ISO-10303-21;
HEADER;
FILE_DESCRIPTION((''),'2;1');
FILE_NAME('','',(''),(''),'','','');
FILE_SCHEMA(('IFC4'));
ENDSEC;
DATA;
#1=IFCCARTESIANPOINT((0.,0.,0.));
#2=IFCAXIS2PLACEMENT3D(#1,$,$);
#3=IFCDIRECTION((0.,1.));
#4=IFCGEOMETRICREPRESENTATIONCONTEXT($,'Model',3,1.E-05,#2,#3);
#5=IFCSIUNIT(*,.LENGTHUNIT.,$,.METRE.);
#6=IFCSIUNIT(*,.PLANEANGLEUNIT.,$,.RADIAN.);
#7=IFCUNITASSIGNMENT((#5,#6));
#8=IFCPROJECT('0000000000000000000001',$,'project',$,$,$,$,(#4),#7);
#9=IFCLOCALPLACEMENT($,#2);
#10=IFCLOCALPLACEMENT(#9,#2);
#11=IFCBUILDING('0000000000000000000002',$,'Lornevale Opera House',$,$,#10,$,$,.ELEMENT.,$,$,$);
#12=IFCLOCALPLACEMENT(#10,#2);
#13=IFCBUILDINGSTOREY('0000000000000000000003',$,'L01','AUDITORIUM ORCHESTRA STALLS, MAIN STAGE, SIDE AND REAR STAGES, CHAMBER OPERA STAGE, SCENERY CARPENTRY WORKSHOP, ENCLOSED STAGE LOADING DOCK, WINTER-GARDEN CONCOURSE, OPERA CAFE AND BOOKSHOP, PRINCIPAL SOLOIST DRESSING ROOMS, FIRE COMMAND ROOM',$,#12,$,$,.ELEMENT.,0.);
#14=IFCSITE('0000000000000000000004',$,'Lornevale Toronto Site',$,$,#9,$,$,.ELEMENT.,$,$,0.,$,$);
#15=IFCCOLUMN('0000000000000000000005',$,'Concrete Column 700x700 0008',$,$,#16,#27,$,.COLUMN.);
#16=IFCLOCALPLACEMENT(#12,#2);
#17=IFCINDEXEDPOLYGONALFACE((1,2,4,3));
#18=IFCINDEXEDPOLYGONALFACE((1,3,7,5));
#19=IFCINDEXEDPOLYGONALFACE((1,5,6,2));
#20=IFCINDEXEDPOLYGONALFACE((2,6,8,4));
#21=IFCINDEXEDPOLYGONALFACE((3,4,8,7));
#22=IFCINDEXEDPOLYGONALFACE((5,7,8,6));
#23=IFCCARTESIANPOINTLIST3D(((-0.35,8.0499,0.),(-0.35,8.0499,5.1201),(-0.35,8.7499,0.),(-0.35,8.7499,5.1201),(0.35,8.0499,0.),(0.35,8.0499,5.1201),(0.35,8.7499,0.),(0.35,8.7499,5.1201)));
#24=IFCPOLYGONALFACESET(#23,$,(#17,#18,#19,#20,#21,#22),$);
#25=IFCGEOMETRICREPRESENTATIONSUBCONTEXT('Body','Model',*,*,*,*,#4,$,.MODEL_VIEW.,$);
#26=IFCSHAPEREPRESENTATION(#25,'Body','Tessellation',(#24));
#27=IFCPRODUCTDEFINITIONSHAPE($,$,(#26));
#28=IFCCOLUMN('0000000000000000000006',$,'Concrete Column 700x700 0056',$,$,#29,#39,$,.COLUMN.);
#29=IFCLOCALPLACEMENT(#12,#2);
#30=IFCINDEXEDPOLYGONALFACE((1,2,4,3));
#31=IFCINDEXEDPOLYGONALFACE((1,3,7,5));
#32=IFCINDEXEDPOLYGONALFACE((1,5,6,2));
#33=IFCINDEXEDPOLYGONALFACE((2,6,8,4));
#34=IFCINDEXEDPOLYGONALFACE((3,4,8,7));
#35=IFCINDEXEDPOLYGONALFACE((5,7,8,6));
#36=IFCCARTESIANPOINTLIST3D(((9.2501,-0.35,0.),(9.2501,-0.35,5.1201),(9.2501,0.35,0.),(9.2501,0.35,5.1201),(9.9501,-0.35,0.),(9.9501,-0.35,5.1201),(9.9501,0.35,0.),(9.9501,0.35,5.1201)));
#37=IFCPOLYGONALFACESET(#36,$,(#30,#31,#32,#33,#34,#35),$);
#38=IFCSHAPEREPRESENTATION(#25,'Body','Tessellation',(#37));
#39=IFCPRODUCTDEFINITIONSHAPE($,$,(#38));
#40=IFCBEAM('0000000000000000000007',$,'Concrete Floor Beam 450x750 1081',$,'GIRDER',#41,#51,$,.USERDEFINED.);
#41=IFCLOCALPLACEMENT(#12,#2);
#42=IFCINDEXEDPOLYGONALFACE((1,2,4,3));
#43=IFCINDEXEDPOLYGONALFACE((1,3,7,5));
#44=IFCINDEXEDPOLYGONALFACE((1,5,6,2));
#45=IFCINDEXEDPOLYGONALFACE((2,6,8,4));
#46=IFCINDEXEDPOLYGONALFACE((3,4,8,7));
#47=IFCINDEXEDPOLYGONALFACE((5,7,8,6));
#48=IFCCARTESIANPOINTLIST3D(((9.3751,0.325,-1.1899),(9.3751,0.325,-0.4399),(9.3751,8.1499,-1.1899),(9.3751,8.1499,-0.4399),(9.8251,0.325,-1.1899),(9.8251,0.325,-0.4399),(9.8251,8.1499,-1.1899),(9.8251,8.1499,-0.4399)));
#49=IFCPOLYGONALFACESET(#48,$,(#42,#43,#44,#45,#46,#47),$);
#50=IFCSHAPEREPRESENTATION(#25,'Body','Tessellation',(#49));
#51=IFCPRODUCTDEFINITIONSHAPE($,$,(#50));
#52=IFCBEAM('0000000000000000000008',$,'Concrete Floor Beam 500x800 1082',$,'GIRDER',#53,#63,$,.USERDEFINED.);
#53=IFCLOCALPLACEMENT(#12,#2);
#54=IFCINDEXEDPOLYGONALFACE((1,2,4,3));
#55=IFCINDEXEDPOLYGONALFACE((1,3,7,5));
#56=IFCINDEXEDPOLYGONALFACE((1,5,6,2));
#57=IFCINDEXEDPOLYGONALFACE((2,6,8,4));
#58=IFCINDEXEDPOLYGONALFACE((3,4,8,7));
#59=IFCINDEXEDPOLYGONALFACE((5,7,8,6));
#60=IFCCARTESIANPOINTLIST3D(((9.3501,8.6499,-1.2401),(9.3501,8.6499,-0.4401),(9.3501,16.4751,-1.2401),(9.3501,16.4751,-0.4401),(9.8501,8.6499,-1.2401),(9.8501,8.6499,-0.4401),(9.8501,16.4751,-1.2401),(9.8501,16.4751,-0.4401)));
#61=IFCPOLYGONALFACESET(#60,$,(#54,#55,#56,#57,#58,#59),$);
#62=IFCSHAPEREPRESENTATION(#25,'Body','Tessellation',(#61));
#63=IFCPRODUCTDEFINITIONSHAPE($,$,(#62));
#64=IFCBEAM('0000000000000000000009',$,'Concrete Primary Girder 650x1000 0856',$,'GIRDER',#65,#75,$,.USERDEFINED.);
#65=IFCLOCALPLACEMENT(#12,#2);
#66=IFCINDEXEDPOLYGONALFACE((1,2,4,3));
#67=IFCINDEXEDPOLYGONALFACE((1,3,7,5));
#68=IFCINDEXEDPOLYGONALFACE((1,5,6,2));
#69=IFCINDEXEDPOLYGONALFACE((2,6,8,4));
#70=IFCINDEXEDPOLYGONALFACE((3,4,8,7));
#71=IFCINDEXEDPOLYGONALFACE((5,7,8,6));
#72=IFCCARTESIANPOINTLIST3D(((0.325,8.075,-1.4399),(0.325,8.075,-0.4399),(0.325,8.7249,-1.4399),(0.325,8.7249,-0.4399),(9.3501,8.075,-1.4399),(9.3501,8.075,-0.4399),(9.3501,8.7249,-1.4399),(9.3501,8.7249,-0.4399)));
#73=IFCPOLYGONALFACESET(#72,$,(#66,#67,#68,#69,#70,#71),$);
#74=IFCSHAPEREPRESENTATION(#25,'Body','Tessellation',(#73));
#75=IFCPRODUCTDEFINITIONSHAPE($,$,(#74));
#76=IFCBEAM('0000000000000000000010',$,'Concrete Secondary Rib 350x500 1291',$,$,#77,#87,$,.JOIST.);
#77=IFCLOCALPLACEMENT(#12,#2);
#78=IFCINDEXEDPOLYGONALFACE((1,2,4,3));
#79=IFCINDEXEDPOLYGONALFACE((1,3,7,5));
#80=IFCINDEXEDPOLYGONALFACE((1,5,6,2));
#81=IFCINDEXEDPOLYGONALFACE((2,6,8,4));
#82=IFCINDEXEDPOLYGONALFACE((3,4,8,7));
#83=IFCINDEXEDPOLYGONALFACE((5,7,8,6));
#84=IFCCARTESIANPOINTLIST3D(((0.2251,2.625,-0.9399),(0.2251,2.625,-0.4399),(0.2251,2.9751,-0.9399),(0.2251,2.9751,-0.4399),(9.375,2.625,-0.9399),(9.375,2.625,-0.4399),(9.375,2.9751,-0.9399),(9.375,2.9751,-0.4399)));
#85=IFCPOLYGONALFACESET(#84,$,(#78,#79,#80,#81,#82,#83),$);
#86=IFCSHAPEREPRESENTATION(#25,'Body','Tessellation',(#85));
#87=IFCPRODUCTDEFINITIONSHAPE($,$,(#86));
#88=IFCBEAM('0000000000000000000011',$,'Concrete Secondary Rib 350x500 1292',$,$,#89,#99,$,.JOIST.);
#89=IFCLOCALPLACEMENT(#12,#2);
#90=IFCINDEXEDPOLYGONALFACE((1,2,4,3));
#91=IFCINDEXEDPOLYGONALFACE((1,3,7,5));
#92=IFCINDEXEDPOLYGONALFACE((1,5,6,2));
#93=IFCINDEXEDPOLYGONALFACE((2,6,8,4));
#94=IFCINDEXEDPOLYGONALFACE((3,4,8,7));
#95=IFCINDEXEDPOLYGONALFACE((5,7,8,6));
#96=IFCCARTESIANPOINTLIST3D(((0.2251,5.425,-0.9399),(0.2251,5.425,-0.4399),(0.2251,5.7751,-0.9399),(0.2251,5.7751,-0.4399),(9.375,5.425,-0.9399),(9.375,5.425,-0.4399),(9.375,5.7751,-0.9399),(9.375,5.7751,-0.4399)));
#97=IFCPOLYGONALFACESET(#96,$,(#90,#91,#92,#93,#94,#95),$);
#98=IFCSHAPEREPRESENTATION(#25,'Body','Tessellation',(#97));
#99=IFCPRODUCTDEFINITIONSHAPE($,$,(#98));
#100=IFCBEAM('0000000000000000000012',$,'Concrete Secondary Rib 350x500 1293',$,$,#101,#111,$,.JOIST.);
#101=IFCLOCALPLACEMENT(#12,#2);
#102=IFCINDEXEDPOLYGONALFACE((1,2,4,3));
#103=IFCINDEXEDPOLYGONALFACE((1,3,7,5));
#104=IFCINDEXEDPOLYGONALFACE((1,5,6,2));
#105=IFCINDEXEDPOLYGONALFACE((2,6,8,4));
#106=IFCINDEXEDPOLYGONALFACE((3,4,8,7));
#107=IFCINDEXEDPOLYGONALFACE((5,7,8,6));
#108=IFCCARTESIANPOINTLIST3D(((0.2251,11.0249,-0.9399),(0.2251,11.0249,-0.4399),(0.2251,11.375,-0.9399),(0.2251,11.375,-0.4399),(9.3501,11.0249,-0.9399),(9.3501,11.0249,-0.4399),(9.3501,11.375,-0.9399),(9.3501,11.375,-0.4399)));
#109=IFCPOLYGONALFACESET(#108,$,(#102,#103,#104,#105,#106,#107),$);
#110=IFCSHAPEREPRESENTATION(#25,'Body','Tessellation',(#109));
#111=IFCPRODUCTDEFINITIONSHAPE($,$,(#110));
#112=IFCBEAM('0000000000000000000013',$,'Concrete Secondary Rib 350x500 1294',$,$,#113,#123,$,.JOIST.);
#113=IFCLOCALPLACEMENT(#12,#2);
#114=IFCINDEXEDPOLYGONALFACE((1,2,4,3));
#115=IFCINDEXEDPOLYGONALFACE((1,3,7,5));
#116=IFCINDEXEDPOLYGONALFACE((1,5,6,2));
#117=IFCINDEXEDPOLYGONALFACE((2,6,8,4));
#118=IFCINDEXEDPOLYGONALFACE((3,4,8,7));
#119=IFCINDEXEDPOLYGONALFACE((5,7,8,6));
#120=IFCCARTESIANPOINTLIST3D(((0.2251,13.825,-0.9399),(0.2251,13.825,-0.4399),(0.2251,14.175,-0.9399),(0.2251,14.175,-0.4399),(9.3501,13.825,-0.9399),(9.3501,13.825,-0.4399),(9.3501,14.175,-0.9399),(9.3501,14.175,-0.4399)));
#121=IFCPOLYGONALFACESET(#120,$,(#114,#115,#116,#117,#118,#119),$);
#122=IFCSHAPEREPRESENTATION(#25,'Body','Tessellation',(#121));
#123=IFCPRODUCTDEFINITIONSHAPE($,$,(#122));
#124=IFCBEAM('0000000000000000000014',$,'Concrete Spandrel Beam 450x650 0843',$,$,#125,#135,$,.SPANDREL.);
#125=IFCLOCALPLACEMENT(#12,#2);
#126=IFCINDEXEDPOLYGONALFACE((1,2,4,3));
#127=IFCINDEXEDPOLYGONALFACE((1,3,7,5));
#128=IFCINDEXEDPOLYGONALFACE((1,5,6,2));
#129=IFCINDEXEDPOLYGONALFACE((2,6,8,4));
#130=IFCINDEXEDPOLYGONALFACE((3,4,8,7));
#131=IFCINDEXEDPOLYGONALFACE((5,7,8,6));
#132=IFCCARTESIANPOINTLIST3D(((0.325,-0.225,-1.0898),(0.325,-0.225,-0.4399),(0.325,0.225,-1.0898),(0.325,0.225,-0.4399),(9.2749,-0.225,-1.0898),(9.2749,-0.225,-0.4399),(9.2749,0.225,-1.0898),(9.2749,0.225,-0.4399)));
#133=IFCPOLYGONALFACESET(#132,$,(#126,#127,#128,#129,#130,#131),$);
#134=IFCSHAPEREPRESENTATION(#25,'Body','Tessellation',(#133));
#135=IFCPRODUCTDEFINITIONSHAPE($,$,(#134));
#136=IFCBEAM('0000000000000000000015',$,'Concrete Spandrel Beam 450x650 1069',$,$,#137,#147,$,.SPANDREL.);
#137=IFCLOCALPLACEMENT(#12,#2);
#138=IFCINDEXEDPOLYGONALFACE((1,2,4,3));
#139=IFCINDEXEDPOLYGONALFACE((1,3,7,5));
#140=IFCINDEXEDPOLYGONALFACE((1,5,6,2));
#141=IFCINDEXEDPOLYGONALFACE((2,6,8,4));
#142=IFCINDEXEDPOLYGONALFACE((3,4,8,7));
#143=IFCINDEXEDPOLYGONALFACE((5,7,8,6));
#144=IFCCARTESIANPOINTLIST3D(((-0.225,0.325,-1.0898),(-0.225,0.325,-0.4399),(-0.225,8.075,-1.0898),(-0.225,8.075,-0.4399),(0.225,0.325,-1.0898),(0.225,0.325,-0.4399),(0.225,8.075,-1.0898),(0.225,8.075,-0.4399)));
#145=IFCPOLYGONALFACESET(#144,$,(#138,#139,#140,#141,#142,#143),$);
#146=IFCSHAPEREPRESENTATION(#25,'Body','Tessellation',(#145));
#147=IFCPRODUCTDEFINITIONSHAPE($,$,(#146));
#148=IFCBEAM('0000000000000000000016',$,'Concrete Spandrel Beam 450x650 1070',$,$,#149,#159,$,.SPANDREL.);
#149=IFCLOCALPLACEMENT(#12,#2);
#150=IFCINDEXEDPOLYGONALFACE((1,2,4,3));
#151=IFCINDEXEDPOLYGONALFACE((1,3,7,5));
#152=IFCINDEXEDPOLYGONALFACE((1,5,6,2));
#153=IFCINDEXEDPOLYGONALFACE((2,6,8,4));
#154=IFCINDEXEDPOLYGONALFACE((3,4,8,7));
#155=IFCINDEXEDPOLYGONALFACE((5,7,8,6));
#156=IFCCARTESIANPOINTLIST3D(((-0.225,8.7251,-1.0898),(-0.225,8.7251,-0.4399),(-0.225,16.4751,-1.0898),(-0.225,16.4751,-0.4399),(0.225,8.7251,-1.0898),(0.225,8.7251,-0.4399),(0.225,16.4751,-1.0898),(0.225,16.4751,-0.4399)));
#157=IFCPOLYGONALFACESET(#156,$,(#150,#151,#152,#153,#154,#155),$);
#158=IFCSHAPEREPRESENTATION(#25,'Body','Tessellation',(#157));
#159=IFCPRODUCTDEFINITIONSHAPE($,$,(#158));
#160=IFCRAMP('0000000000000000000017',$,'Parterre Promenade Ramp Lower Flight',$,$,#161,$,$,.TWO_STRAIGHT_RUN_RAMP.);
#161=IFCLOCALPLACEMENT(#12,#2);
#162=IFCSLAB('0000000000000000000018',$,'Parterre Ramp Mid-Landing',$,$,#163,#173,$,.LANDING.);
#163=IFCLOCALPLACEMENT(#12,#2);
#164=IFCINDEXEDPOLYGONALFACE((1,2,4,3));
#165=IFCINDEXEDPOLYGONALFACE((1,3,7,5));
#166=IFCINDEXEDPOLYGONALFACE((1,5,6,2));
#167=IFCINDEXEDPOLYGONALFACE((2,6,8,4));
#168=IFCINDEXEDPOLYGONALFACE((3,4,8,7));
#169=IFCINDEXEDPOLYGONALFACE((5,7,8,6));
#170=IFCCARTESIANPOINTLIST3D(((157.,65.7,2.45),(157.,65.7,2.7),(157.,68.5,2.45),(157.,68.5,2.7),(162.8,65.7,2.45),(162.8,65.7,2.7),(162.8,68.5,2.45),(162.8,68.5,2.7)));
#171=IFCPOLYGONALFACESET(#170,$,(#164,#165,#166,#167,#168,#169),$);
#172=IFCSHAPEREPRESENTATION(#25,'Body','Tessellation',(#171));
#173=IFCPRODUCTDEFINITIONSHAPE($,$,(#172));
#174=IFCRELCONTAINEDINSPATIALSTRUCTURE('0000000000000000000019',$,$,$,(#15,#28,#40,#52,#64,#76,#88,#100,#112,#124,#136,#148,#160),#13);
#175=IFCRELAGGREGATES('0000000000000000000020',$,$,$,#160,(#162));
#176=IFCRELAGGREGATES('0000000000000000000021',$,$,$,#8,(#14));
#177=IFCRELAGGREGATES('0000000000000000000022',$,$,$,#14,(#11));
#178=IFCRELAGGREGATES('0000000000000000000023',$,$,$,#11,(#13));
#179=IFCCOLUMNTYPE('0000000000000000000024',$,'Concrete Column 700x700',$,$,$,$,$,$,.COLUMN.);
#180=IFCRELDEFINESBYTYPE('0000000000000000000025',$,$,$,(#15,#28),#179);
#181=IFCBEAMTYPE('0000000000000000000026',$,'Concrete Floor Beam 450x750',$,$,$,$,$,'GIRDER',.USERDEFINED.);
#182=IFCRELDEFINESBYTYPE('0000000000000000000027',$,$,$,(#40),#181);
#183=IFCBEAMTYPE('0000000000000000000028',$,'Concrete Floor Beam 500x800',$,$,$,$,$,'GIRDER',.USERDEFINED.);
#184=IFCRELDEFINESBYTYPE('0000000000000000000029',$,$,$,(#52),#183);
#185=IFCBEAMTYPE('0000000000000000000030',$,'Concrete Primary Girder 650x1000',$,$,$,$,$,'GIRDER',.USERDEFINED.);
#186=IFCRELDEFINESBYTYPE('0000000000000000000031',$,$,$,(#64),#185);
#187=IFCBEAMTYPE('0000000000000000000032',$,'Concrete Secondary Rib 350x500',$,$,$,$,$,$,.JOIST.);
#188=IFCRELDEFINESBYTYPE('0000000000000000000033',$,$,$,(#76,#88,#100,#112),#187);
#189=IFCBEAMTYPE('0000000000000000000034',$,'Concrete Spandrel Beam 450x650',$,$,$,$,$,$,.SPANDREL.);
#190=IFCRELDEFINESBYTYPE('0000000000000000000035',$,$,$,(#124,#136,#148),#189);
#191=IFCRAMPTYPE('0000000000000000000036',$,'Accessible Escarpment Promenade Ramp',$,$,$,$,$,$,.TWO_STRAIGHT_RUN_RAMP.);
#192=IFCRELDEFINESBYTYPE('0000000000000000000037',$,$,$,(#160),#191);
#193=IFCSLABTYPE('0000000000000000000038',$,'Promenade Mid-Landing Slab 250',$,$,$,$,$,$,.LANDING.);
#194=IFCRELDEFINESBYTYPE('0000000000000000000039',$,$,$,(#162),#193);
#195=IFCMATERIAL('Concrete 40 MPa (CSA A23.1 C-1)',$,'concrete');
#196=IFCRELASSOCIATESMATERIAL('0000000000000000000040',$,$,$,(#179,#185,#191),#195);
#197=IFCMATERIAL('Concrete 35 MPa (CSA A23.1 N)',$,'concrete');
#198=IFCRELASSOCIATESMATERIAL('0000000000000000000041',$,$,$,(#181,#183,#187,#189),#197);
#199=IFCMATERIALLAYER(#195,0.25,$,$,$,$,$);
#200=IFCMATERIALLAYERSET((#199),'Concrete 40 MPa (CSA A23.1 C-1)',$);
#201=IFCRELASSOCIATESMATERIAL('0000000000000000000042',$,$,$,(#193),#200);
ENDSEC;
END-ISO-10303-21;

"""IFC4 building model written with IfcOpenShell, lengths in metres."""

from ifc_helpers import new_model, si_unit, direction, frame, origin, origin_2d, place, context, subcontext, project, spatial, polyline, rectangle, outline, extrude, material, layer, layer_set, material_profile, profile_set, type_object, element, aggregate, save


model = new_model("IFC4")

# Units and contexts
model_context = context("Model", 3, precision=1e-05, world=origin(), true_north=direction((0.0, 1.0)))
body_context = subcontext(model_context, "Body", "Model", "MODEL_VIEW")
ifc_project = project(units=[si_unit("LENGTHUNIT", "METRE"), si_unit("PLANEANGLEUNIT", "RADIAN")], contexts=[model_context])

# Site, building, storey
site_placement = place(None, origin())
site = spatial("IfcSite", under=ifc_project, at=site_placement, Name="Lornevale Toronto Site", CompositionType="ELEMENT", RefElevation=0.0)
building_placement = place(site_placement, origin())
building = spatial("IfcBuilding", under=site, at=building_placement, Name="Lornevale Opera House", CompositionType="ELEMENT")
storey_placement = place(building_placement, origin())
storey = spatial("IfcBuildingStorey", under=building, at=storey_placement, Name="L01", Description="AUDITORIUM ORCHESTRA STALLS, MAIN STAGE, SIDE AND REAR STAGES, CHAMBER OPERA STAGE, SCENERY CARPENTRY WORKSHOP, ENCLOSED STAGE LOADING DOCK, WINTER-GARDEN CONCOURSE, OPERA CAFE AND BOOKSHOP, PRINCIPAL SOLOIST DRESSING ROOMS, FIRE COMMAND ROOM", CompositionType="ELEMENT", Elevation=0.0)

# Columns
ifc_material_1 = material(Name="Concrete 40 MPa (CSA A23.1 C-1)", Category="concrete")
ifc_material_profile_1 = material_profile(ifc_material_1, rectangle(XDim=0.7, YDim=0.7, at=origin_2d()), Name="RC700x700")
ifc_profile_set_1 = profile_set([ifc_material_profile_1], Name="Concrete 40 MPa (CSA A23.1 C-1)")
column_type = type_object("IfcColumnType", Name="Concrete Column 700x700", PredefinedType="COLUMN", material=ifc_profile_set_1)
for number, where, z_axis, x_axis, name in (
    (1, (0.0, 8.3999, 0.0), (0.0, 0.0, 1.0), (1.0, 0.0, 0.0), "Concrete Column 700x700 0008"),
    (2, (9.6001, 0.0, 0.0), (0.0, 0.0, 1.0), (1.0, 0.0, 0.0), "Concrete Column 700x700 0056"),
):
    element("IfcColumn", number, at=place(storey_placement, frame(where, z_axis=z_axis, x_axis=x_axis)), inside=storey, type_object=column_type, Name=name, PredefinedType="COLUMN", context=body_context, shape_type="SweptSolid", body=[
        extrude(rectangle(XDim=0.7, YDim=0.7, at=origin_2d()), origin(), (0.0, 0.0, 1.0), 5.1201),
    ])

# Beams
ifc_material_2 = material(Name="Concrete 35 MPa (CSA A23.1 N)", Category="concrete")
ifc_material_profile_2 = material_profile(ifc_material_2, rectangle(XDim=0.45, YDim=0.75, at=origin_2d()), Name="RC450x750")
ifc_profile_set_2 = profile_set([ifc_material_profile_2], Name="Concrete 35 MPa (CSA A23.1 N)")
beam_type_1 = type_object("IfcBeamType", Name="Concrete Floor Beam 450x750", ElementType="GIRDER", PredefinedType="USERDEFINED", material=ifc_profile_set_2)
beam_1_placement = place(storey_placement, frame((9.6001, 0.325, -0.8149), z_axis=(0.0, 1.0, 0.0), x_axis=(-1.0, 0.0, 0.0)))
element("IfcBeam", 3, at=beam_1_placement, inside=storey, type_object=beam_type_1, Name="Concrete Floor Beam 450x750 1081", ObjectType="GIRDER", PredefinedType="USERDEFINED", context=body_context, shape_type="SweptSolid", body=[
    extrude(rectangle(XDim=0.45, YDim=0.75, at=origin_2d()), origin(), (0.0, 0.0, 1.0), 7.825),
])
ifc_material_profile_3 = material_profile(ifc_material_2, rectangle(XDim=0.5, YDim=0.8, at=origin_2d()), Name="RC500x800")
ifc_profile_set_3 = profile_set([ifc_material_profile_3], Name="Concrete 35 MPa (CSA A23.1 N)")
beam_type_2 = type_object("IfcBeamType", Name="Concrete Floor Beam 500x800", ElementType="GIRDER", PredefinedType="USERDEFINED", material=ifc_profile_set_3)
beam_2_placement = place(storey_placement, frame((9.6001, 8.6499, -0.8401), z_axis=(0.0, 1.0, 0.0), x_axis=(-1.0, 0.0, 0.0)))
element("IfcBeam", 4, at=beam_2_placement, inside=storey, type_object=beam_type_2, Name="Concrete Floor Beam 500x800 1082", ObjectType="GIRDER", PredefinedType="USERDEFINED", context=body_context, shape_type="SweptSolid", body=[
    extrude(rectangle(XDim=0.5, YDim=0.8, at=origin_2d()), origin(), (0.0, 0.0, 1.0), 7.8252),
])
ifc_material_profile_4 = material_profile(ifc_material_1, rectangle(XDim=0.6499, YDim=1.0, at=origin_2d()), Name="RC650x1000")
ifc_profile_set_4 = profile_set([ifc_material_profile_4], Name="Concrete 40 MPa (CSA A23.1 C-1)")
beam_type_3 = type_object("IfcBeamType", Name="Concrete Primary Girder 650x1000", ElementType="GIRDER", PredefinedType="USERDEFINED", material=ifc_profile_set_4)
beam_3_placement = place(storey_placement, frame((0.325, 8.3999, -0.9399), z_axis=(1.0, 0.0, 0.0), x_axis=(0.0, 1.0, 0.0)))
element("IfcBeam", 5, at=beam_3_placement, inside=storey, type_object=beam_type_3, Name="Concrete Primary Girder 650x1000 0856", ObjectType="GIRDER", PredefinedType="USERDEFINED", context=body_context, shape_type="SweptSolid", body=[
    extrude(rectangle(XDim=0.6499, YDim=1.0, at=origin_2d()), origin(), (0.0, 0.0, 1.0), 9.0251),
])
ifc_material_profile_5 = material_profile(ifc_material_2, rectangle(XDim=0.3501, YDim=0.5, at=origin_2d()), Name="RC350x500")
ifc_profile_set_5 = profile_set([ifc_material_profile_5], Name="Concrete 35 MPa (CSA A23.1 N)")
beam_type_4 = type_object("IfcBeamType", Name="Concrete Secondary Rib 350x500", PredefinedType="JOIST", material=ifc_profile_set_5)
for number, where, z_axis, x_axis, name in (
    (6, (0.2251, 2.8, -0.6899), (1.0, 0.0, 0.0), (0.0, 1.0, 0.0), "Concrete Secondary Rib 350x500 1291"),
    (7, (0.2251, 5.6001, -0.6899), (1.0, 0.0, 0.0), (0.0, 1.0, 0.0), "Concrete Secondary Rib 350x500 1292"),
):
    element("IfcBeam", number, at=place(storey_placement, frame(where, z_axis=z_axis, x_axis=x_axis)), inside=storey, type_object=beam_type_4, Name=name, PredefinedType="JOIST", context=body_context, shape_type="SweptSolid", body=[
        extrude(rectangle(XDim=0.3501, YDim=0.5, at=origin_2d()), origin(), (0.0, 0.0, 1.0), 9.1499),
    ])
for number, where, z_axis, x_axis, name in (
    (8, (0.2251, 11.2, -0.6899), (1.0, 0.0, 0.0), (0.0, 1.0, 0.0), "Concrete Secondary Rib 350x500 1293"),
    (9, (0.2251, 14.0, -0.6899), (1.0, 0.0, 0.0), (0.0, 1.0, 0.0), "Concrete Secondary Rib 350x500 1294"),
):
    element("IfcBeam", number, at=place(storey_placement, frame(where, z_axis=z_axis, x_axis=x_axis)), inside=storey, type_object=beam_type_4, Name=name, PredefinedType="JOIST", context=body_context, shape_type="SweptSolid", body=[
        extrude(rectangle(XDim=0.3501, YDim=0.5, at=origin_2d()), origin(), (0.0, 0.0, 1.0), 9.125),
    ])
ifc_material_profile_6 = material_profile(ifc_material_2, rectangle(XDim=0.45, YDim=0.6499, at=origin_2d()), Name="RC450x650")
ifc_profile_set_6 = profile_set([ifc_material_profile_6], Name="Concrete 35 MPa (CSA A23.1 N)")
beam_type_5 = type_object("IfcBeamType", Name="Concrete Spandrel Beam 450x650", PredefinedType="SPANDREL", material=ifc_profile_set_6)
beam_4_placement = place(storey_placement, frame((0.325, 0.0, -0.7649), z_axis=(1.0, 0.0, 0.0), x_axis=(0.0, 1.0, 0.0)))
element("IfcBeam", 10, at=beam_4_placement, inside=storey, type_object=beam_type_5, Name="Concrete Spandrel Beam 450x650 0843", PredefinedType="SPANDREL", context=body_context, shape_type="SweptSolid", body=[
    extrude(rectangle(XDim=0.45, YDim=0.6499, at=origin_2d()), origin(), (0.0, 0.0, 1.0), 8.95),
])
for number, where, z_axis, x_axis, name in (
    (11, (0.0, 0.325, -0.7649), (0.0, 1.0, 0.0), (-1.0, 0.0, 0.0), "Concrete Spandrel Beam 450x650 1069"),
    (12, (0.0, 8.7251, -0.7649), (0.0, 1.0, 0.0), (-1.0, 0.0, 0.0), "Concrete Spandrel Beam 450x650 1070"),
):
    element("IfcBeam", number, at=place(storey_placement, frame(where, z_axis=z_axis, x_axis=x_axis)), inside=storey, type_object=beam_type_5, Name=name, PredefinedType="SPANDREL", context=body_context, shape_type="SweptSolid", body=[
        extrude(rectangle(XDim=0.45, YDim=0.6499, at=origin_2d()), origin(), (0.0, 0.0, 1.0), 7.75),
    ])

# Ramp, slab
ramp_type = type_object("IfcRampType", Name="Accessible Escarpment Promenade Ramp", PredefinedType="TWO_STRAIGHT_RUN_RAMP", material=ifc_material_1)
ramp_placement = place(storey_placement, origin())
ramp = element("IfcRamp", 13, at=ramp_placement, inside=storey, type_object=ramp_type, Name="Parterre Promenade Ramp Lower Flight", PredefinedType="TWO_STRAIGHT_RUN_RAMP")
ifc_layer_1 = layer(ifc_material_1, 0.25)
ifc_layer_set_1 = layer_set([ifc_layer_1], Name="Concrete 40 MPa (CSA A23.1 C-1)")
slab_type = type_object("IfcSlabType", Name="Promenade Mid-Landing Slab 250", PredefinedType="LANDING", material=ifc_layer_set_1)
slab_placement = place(storey_placement, frame((0.0, 0.0, 2.45)))
slab = element("IfcSlab", 14, at=slab_placement, type_object=slab_type, Name="Parterre Ramp Mid-Landing", PredefinedType="LANDING", context=body_context, shape_type="SweptSolid", body=[
    extrude(outline(polyline([(157.0, 65.7), (162.8, 65.7), (162.8, 68.5), (157.0, 68.5), (157.0, 65.7)])), origin(), (0.0, 0.0, 1.0), 0.25),
])
aggregate(ramp, [slab])

save(model, "model.ifc")
